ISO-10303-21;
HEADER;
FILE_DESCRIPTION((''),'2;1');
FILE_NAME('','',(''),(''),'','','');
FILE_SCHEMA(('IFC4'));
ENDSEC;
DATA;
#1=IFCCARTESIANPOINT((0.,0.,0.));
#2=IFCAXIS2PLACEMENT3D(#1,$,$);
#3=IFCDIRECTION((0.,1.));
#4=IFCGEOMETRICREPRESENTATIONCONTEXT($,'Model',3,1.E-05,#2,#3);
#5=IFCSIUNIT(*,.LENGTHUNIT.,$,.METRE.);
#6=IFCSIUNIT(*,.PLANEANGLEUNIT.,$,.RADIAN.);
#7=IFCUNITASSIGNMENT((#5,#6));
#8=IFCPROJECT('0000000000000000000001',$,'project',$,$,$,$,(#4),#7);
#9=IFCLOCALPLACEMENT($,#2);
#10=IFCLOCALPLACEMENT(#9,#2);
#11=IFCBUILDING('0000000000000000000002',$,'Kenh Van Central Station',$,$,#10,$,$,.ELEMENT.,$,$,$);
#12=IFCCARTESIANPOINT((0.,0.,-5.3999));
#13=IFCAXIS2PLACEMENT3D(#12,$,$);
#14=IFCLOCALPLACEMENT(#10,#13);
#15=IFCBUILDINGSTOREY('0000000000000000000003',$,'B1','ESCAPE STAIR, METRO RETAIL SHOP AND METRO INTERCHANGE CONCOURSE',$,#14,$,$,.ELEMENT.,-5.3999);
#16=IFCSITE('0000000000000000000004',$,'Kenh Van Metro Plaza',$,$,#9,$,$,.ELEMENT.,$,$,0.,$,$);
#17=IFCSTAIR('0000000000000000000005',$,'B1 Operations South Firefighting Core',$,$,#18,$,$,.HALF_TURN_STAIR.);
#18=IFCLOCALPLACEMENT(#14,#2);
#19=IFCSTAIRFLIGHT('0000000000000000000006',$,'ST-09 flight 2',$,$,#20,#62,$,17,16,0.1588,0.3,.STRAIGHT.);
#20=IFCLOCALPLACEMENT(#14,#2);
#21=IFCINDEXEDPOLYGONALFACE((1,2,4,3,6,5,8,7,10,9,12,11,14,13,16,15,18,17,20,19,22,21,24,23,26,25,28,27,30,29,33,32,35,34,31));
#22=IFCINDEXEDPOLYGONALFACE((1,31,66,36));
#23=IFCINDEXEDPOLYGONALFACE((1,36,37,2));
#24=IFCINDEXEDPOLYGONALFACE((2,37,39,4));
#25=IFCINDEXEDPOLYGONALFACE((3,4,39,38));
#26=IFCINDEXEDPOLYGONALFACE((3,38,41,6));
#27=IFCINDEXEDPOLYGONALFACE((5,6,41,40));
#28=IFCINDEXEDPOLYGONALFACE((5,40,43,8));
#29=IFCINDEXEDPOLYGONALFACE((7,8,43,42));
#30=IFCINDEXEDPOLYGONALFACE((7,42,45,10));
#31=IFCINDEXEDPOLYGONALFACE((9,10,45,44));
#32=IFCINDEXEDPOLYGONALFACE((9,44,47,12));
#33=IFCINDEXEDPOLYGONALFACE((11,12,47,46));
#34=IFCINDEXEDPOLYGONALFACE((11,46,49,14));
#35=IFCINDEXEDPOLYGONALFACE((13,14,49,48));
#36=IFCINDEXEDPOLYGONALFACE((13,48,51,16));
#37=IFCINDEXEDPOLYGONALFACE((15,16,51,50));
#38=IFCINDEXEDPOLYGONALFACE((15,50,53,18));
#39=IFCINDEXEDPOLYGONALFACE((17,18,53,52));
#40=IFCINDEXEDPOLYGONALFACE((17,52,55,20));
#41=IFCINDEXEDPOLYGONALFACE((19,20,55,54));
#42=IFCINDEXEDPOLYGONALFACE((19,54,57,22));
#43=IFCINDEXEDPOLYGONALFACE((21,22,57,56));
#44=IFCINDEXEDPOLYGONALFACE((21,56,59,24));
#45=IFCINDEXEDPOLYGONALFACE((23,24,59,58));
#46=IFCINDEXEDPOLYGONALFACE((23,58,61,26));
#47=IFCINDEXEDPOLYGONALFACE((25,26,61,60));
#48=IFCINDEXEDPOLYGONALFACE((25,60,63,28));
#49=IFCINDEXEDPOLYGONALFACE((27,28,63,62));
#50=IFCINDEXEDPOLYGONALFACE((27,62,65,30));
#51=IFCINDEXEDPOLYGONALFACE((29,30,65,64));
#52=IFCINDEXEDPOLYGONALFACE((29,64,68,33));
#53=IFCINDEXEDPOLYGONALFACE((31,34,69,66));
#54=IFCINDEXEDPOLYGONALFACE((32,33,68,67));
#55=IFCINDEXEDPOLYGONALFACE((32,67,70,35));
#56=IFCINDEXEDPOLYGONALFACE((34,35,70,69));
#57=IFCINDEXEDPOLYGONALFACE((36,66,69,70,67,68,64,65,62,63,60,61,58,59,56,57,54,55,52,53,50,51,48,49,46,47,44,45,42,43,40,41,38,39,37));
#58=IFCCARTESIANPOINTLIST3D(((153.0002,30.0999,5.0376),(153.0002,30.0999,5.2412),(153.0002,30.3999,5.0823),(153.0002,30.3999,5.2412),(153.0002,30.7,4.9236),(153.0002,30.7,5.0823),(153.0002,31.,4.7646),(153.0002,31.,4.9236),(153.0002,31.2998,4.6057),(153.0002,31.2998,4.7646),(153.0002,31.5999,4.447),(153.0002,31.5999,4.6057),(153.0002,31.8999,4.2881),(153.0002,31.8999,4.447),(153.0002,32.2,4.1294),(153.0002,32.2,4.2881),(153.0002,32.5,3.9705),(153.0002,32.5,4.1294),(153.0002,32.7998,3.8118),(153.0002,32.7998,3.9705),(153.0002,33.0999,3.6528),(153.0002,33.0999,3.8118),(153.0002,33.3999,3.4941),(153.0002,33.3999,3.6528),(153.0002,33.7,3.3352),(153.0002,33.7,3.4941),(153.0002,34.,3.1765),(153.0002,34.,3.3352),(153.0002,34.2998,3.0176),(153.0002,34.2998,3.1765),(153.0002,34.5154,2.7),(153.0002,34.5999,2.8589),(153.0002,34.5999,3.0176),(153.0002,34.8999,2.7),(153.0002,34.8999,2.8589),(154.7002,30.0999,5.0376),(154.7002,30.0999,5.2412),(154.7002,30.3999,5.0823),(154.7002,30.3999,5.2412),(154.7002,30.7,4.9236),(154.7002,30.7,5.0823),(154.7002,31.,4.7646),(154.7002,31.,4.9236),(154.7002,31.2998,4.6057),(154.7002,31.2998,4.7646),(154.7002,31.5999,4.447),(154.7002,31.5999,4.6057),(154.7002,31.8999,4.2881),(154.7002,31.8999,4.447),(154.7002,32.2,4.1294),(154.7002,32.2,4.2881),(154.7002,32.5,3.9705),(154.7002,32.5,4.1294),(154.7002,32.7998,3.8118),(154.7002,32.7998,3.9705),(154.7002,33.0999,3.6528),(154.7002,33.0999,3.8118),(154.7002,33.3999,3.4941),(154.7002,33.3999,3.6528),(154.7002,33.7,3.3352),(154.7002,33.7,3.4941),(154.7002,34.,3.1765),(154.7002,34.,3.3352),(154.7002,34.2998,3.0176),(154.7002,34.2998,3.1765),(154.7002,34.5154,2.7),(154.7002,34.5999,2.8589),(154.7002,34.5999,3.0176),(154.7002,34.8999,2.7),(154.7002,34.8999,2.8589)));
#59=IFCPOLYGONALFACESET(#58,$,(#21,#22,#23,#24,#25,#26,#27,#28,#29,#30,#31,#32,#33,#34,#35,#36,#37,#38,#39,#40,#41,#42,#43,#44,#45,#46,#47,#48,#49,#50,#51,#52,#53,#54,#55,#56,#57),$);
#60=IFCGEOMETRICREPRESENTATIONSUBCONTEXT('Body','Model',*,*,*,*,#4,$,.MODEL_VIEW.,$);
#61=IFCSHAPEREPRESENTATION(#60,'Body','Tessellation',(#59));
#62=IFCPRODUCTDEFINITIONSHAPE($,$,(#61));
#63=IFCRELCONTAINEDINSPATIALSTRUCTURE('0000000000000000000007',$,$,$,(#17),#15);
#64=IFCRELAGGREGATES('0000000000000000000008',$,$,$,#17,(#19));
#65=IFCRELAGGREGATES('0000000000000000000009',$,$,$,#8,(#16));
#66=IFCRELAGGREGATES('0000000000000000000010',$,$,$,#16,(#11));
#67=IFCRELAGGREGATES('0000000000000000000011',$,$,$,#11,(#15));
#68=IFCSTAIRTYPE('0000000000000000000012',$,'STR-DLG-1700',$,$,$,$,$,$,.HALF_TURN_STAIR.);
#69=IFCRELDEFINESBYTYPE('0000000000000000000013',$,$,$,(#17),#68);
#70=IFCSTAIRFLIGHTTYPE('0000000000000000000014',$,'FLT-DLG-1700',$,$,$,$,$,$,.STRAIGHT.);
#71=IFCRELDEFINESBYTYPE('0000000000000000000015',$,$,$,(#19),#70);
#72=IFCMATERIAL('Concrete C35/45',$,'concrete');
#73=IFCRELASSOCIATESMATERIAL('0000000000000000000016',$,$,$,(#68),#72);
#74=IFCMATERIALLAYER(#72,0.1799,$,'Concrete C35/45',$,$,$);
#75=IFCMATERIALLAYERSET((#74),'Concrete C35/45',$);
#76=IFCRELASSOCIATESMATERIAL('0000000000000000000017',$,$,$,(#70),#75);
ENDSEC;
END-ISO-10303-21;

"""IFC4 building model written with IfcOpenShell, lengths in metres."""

from ifc_helpers import new_model, si_unit, direction, frame, origin, place, context, subcontext, project, spatial, polyline, outline, extrude, material, layer, layer_set, type_object, element, aggregate, save


model = new_model("IFC4")

# Units and contexts
model_context = context("Model", 3, precision=1e-05, world=origin(), true_north=direction((0.0, 1.0)))
body_context = subcontext(model_context, "Body", "Model", "MODEL_VIEW")
ifc_project = project(units=[si_unit("LENGTHUNIT", "METRE"), si_unit("PLANEANGLEUNIT", "RADIAN")], contexts=[model_context])

# Site, building, storey
site_placement = place(None, origin())
site = spatial("IfcSite", under=ifc_project, at=site_placement, Name="Kenh Van Metro Plaza", CompositionType="ELEMENT", RefElevation=0.0)
building_placement = place(site_placement, origin())
building = spatial("IfcBuilding", under=site, at=building_placement, Name="Kenh Van Central Station", CompositionType="ELEMENT")
storey_placement = place(building_placement, frame((0.0, 0.0, -5.3999)))
storey = spatial("IfcBuildingStorey", under=building, at=storey_placement, Name="B1", Description="ESCAPE STAIR, METRO RETAIL SHOP AND METRO INTERCHANGE CONCOURSE", CompositionType="ELEMENT", Elevation=-5.3999)

# Stair, stair flight
ifc_material_1 = material(Name="Concrete C35/45", Category="concrete")
stair_type = type_object("IfcStairType", Name="STR-DLG-1700", PredefinedType="HALF_TURN_STAIR", material=ifc_material_1)
stair_placement = place(storey_placement, origin())
stair = element("IfcStair", 1, at=stair_placement, inside=storey, type_object=stair_type, Name="B1 Operations South Firefighting Core", PredefinedType="HALF_TURN_STAIR")
ifc_layer_1 = layer(ifc_material_1, 0.1799, Name="Concrete C35/45")
ifc_layer_set_1 = layer_set([ifc_layer_1], Name="Concrete C35/45")
stair_flight_type = type_object("IfcStairFlightType", Name="FLT-DLG-1700", PredefinedType="STRAIGHT", material=ifc_layer_set_1)
stair_flight_1_placement = place(storey_placement, frame((153.8501, 34.8999, 2.7), z_axis=(0.0, 0.0, 1.0), x_axis=(0.0, -1.0, 0.0)))
stair_flight_1 = element("IfcStairFlight", 2, at=stair_flight_1_placement, type_object=stair_flight_type, Name="ST-09 flight 2", NumberOfRisers=17, NumberOfTreads=16, PredefinedType="STRAIGHT", RiserHeight=0.1588, TreadLength=0.3, context=body_context, shape_type="SweptSolid", body=[
    extrude(outline(polyline([(0.0, 0.0), (0.0, 0.1589), (0.3, 0.1589), (0.3, 0.3176), (0.6001, 0.3176), (0.6001, 0.4766), (0.8999, 0.4766), (0.8999, 0.6353), (1.2, 0.6353), (1.2, 0.7942), (1.5, 0.7942), (1.5, 0.9529), (1.8, 0.9529), (1.8, 1.1118), (2.1001, 1.1118), (2.1001, 1.2705), (2.3999, 1.2705), (2.3999, 1.4294), (2.7, 1.4294), (2.7, 1.5881), (3.0, 1.5881), (3.0, 1.7471), (3.3, 1.7471), (3.3, 1.9058), (3.6001, 1.9058), (3.6001, 2.0647), (3.8999, 2.0647), (3.8999, 2.2236), (4.2, 2.2236), (4.2, 2.3823), (4.5, 2.3823), (4.5, 2.5413), (4.8, 2.5413), (4.8, 2.7), (4.8, 2.3376), (0.3845, 0.0), (0.0, 0.0)])), frame((0.0, 0.8501, 0.0), z_axis=(0.0, -1.0, 0.0), x_axis=(1.0, 0.0, 0.0)), (0.0, 0.0, 1.0), 1.7),
])
aggregate(stair, [stair_flight_1])

save(model, "model.ifc")
